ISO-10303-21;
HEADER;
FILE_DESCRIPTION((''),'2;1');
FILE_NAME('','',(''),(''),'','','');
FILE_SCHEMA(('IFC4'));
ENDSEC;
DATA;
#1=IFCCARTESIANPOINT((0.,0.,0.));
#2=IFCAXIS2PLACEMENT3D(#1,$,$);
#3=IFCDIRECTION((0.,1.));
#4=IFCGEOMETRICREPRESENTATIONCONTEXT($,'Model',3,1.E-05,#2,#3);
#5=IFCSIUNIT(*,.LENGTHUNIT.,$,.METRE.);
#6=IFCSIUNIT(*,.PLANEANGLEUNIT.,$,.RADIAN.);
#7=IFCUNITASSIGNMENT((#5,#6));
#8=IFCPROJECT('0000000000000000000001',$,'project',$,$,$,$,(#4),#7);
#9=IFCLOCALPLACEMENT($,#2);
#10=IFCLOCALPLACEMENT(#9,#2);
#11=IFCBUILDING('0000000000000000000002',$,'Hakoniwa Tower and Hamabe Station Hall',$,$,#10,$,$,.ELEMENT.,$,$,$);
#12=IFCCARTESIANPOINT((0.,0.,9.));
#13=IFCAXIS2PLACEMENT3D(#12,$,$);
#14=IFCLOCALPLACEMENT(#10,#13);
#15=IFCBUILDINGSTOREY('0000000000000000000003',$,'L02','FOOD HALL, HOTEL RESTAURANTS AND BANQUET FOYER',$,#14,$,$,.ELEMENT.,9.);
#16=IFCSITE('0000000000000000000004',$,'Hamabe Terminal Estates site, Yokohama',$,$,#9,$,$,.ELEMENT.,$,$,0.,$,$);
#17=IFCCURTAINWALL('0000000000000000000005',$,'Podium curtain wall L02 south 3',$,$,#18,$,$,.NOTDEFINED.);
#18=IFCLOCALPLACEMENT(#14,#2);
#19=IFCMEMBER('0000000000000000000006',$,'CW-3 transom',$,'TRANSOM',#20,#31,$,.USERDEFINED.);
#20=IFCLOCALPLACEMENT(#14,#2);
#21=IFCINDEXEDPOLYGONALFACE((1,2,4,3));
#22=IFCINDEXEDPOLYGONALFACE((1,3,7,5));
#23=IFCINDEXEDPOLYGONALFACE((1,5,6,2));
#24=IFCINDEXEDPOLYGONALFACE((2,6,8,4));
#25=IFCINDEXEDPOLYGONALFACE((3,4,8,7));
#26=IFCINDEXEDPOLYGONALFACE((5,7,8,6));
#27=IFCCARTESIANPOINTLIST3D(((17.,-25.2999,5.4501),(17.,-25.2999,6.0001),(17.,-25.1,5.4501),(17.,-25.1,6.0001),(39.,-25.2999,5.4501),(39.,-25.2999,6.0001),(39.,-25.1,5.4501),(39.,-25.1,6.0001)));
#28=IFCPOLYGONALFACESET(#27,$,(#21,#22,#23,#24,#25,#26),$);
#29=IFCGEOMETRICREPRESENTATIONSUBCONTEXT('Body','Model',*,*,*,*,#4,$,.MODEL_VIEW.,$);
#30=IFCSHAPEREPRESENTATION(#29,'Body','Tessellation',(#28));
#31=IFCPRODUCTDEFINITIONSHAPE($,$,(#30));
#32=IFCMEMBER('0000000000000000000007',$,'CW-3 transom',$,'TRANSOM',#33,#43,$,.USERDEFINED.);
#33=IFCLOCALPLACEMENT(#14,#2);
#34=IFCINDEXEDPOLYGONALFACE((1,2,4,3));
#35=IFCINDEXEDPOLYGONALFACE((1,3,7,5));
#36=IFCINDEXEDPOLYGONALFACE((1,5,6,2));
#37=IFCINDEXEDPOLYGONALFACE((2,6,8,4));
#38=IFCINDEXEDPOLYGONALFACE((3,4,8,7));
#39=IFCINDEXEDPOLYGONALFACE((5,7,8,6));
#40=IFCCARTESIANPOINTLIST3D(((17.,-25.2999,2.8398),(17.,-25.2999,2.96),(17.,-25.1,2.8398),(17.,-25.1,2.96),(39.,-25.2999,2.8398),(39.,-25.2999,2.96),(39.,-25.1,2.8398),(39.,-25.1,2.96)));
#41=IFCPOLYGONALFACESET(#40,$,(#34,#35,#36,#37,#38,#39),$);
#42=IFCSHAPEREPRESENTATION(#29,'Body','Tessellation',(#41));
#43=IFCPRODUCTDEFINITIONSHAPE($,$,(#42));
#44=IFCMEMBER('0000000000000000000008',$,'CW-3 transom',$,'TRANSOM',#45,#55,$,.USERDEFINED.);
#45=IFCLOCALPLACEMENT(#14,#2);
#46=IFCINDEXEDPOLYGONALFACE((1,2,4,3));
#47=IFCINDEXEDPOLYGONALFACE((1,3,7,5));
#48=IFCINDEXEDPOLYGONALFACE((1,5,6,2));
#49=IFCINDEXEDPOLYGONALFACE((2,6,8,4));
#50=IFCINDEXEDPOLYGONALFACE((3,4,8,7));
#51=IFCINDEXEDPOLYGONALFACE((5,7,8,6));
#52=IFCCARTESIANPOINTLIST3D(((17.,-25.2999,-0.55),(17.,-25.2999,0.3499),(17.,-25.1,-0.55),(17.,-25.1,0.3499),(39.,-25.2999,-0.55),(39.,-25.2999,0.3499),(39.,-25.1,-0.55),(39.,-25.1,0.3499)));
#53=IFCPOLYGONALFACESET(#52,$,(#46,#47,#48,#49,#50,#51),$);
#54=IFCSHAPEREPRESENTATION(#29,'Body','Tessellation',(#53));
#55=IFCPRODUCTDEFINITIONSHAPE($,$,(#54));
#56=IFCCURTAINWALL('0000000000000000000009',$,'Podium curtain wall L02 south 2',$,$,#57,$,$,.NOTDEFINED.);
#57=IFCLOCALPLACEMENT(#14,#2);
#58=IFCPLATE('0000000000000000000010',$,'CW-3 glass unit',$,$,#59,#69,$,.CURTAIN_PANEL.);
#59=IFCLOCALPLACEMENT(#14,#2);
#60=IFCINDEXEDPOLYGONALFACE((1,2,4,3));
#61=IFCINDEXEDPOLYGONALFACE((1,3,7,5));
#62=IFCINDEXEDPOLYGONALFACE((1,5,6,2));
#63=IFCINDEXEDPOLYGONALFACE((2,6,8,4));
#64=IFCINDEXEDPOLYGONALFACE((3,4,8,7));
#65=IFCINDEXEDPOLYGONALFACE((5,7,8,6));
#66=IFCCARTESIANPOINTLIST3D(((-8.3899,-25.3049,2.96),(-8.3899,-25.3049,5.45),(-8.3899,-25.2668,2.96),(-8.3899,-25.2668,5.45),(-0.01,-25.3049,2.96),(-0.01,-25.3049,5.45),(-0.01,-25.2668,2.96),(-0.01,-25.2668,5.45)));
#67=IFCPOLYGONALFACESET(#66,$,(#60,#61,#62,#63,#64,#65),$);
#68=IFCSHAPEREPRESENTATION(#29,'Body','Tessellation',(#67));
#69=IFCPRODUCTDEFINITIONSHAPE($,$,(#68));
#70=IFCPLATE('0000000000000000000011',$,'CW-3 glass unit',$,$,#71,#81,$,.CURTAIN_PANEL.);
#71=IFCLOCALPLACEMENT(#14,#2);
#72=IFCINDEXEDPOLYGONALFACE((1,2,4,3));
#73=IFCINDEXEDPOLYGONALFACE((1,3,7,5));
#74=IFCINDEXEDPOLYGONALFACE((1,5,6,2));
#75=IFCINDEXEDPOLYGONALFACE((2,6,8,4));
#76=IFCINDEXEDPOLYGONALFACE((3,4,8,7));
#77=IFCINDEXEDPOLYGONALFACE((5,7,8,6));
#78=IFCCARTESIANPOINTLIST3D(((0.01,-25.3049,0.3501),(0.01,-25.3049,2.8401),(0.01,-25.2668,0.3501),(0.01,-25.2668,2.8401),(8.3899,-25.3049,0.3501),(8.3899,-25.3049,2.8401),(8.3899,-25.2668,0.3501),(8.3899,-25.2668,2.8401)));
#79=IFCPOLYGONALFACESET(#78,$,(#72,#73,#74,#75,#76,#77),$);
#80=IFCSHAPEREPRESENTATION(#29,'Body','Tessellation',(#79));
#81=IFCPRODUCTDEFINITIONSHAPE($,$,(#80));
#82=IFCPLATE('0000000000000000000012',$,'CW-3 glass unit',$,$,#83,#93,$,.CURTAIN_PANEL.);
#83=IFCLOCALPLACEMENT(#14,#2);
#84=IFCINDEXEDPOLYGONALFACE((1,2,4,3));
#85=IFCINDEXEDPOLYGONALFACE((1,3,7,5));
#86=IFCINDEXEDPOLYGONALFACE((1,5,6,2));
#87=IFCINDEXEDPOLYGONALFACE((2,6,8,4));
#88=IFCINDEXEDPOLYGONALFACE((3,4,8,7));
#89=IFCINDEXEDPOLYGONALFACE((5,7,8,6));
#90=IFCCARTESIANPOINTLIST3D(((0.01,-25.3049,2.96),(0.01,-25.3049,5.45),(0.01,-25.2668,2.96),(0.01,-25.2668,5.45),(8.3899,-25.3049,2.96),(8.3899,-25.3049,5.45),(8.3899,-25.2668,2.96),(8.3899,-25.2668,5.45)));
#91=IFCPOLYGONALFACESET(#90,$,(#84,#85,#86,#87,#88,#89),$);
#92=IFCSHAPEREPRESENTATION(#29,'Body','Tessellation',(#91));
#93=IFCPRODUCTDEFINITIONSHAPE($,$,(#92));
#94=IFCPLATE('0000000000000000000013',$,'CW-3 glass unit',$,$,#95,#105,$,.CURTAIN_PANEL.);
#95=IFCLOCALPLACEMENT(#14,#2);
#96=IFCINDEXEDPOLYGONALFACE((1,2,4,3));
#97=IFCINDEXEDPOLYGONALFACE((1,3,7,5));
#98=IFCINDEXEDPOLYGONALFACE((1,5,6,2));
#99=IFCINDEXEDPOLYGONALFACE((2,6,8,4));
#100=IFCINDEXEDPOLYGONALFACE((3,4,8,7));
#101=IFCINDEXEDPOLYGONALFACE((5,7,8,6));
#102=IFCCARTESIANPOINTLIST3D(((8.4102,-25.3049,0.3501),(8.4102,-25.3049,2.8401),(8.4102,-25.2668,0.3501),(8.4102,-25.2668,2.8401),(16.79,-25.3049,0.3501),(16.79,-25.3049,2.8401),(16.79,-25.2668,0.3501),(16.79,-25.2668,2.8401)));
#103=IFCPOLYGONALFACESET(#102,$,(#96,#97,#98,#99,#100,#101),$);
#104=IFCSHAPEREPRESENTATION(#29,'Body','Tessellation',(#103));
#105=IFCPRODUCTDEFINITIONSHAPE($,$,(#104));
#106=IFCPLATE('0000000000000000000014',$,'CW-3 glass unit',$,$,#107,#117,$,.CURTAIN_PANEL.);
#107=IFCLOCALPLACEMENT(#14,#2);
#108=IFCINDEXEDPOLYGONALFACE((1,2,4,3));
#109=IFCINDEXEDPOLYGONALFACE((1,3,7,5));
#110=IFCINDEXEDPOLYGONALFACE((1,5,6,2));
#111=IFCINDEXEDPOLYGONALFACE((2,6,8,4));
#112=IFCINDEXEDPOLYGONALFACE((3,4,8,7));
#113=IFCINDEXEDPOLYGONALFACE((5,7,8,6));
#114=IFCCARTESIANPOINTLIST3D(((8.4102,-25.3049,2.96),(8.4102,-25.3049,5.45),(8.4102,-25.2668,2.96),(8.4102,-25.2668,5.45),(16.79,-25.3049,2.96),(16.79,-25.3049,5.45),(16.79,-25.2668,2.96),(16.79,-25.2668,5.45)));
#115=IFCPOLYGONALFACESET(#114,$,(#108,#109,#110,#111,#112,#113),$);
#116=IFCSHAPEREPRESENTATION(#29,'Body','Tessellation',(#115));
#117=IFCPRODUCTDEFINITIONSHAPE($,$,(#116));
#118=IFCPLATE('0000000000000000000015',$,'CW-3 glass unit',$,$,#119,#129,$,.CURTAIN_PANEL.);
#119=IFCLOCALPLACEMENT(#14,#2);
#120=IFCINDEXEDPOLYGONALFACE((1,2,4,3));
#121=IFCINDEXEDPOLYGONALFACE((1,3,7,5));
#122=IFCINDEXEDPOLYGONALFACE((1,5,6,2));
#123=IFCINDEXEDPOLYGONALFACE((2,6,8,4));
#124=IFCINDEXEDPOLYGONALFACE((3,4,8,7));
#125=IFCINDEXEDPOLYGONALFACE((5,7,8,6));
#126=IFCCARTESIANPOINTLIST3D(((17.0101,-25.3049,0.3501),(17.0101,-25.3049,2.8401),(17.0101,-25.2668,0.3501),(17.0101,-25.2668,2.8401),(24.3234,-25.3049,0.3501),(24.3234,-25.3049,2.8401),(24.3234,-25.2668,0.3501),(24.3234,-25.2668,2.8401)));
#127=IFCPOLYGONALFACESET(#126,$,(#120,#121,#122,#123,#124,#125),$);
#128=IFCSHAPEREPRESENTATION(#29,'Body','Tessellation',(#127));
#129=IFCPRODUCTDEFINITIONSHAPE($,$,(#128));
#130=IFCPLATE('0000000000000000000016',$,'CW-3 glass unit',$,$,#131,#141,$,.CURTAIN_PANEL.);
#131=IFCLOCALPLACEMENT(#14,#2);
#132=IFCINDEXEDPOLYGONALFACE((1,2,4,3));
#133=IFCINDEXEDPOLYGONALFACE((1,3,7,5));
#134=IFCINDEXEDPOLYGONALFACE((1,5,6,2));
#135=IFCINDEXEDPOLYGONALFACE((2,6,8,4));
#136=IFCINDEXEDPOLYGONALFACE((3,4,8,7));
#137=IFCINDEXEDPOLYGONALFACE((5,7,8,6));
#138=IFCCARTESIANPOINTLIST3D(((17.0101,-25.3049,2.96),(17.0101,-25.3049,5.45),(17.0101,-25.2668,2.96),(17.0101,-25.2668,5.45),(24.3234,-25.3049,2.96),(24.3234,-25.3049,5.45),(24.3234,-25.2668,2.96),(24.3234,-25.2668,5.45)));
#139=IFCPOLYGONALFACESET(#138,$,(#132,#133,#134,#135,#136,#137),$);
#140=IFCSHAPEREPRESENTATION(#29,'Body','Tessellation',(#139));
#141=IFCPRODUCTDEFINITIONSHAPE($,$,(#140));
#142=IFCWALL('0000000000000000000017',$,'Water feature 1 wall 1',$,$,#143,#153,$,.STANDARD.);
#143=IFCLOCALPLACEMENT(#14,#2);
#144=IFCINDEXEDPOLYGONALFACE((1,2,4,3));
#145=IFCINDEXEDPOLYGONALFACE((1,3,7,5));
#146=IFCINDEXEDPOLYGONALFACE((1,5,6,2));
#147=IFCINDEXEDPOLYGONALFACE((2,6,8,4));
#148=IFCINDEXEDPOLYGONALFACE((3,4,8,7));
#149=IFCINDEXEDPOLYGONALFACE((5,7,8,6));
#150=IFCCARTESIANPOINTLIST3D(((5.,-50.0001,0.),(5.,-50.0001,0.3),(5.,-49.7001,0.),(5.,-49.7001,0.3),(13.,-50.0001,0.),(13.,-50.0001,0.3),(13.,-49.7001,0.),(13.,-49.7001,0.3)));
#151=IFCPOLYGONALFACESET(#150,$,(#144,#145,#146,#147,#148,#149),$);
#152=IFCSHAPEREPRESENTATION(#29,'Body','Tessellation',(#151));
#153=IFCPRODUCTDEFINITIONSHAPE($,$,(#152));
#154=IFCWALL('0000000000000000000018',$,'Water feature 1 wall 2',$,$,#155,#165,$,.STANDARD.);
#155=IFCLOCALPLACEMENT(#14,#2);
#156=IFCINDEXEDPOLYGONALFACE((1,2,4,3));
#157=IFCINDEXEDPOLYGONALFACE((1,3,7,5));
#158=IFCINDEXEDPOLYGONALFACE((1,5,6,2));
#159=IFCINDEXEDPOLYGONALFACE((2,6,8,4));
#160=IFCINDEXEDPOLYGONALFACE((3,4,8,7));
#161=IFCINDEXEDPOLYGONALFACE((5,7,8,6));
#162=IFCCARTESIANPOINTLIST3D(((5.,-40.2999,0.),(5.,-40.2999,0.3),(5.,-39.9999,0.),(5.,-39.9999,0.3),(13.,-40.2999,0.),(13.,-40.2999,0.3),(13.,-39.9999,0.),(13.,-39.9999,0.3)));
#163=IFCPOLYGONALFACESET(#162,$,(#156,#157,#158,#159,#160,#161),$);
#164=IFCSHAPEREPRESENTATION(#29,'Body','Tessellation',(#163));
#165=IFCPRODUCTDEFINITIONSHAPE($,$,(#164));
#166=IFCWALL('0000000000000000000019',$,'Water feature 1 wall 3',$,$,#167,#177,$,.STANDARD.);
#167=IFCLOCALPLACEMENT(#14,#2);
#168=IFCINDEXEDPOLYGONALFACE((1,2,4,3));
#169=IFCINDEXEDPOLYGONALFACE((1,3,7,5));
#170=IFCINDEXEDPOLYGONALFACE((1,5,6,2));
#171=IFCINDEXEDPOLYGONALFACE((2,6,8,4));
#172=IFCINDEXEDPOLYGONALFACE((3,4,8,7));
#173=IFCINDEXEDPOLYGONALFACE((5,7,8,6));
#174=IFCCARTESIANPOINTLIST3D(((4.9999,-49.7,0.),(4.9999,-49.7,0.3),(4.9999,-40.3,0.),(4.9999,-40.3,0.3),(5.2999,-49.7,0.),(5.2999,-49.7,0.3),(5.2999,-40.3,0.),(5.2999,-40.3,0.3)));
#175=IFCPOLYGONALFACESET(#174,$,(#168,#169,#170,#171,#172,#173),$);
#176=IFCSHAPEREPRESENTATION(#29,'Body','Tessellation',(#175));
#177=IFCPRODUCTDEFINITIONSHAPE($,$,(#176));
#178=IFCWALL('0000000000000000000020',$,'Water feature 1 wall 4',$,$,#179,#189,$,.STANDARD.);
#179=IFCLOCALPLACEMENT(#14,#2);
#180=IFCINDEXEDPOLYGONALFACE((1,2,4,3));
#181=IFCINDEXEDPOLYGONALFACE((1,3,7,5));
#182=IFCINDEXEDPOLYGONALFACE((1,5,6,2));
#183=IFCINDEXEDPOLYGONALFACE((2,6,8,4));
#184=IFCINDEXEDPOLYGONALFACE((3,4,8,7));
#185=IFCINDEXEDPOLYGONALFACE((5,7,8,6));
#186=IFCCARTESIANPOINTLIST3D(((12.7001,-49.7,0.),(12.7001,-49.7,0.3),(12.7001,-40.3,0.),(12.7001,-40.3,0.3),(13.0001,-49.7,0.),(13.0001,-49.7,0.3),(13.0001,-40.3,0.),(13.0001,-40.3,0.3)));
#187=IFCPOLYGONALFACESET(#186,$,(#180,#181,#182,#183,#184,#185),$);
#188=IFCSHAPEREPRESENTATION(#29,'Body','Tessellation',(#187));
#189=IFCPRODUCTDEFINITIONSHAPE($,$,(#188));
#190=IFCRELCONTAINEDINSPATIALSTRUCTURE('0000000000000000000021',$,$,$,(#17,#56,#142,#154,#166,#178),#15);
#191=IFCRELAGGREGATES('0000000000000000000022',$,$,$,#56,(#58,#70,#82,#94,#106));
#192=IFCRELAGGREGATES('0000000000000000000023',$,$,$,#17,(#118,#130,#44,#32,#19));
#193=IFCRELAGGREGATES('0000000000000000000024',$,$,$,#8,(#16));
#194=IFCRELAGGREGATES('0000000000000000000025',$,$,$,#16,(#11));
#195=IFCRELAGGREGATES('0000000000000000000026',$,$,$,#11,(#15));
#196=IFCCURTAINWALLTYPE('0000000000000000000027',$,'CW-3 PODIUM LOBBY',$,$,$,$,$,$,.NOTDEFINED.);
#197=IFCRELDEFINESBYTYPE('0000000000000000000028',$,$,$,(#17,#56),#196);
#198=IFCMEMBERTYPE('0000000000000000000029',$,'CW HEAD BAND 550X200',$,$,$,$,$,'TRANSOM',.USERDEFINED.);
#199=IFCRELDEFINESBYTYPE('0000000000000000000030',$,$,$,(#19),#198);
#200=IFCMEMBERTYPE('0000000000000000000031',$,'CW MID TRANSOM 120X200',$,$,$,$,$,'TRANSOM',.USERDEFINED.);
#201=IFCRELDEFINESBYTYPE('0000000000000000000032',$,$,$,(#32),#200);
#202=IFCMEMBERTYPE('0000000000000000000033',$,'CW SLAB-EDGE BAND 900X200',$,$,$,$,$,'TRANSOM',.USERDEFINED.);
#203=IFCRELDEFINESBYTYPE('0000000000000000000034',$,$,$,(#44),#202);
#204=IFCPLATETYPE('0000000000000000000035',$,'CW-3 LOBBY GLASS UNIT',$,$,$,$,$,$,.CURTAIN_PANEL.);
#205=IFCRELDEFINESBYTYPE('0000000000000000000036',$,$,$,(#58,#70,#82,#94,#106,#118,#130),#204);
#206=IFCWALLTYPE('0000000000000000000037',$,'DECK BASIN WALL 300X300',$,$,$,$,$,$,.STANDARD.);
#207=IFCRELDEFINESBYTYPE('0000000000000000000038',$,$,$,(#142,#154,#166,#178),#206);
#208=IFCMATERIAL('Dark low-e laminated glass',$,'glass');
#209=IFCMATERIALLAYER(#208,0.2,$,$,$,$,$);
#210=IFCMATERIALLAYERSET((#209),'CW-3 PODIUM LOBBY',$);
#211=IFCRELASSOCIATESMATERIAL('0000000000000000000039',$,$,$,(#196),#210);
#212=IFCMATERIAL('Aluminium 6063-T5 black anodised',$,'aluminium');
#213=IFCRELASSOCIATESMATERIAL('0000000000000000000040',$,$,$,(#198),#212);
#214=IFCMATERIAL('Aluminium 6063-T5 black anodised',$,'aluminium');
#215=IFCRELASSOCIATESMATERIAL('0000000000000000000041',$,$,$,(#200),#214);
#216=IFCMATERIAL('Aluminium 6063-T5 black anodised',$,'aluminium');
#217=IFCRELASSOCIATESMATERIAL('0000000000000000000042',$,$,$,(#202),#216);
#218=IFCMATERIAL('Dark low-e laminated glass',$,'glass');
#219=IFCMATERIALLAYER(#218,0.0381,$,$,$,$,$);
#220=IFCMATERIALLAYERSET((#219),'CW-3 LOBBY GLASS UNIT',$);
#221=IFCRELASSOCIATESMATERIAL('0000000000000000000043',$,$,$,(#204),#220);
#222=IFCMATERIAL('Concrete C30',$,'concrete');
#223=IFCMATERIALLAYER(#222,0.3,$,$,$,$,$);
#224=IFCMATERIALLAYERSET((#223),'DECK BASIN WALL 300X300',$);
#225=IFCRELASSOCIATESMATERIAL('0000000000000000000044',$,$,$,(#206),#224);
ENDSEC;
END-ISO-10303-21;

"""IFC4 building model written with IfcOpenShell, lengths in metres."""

from ifc_helpers import new_model, si_unit, direction, frame, frame_2d, origin, origin_2d, place, context, subcontext, project, spatial, rectangle, extrude, material, layer, layer_set, material_profile, profile_set, type_object, element, aggregate, save


model = new_model("IFC4")

# Units and contexts
model_context = context("Model", 3, precision=1e-05, world=origin(), true_north=direction((0.0, 1.0)))
body_context = subcontext(model_context, "Body", "Model", "MODEL_VIEW")
ifc_project = project(units=[si_unit("LENGTHUNIT", "METRE"), si_unit("PLANEANGLEUNIT", "RADIAN")], contexts=[model_context])

# Site, building, storey
site_placement = place(None, origin())
site = spatial("IfcSite", under=ifc_project, at=site_placement, Name="Hamabe Terminal Estates site, Yokohama", CompositionType="ELEMENT", RefElevation=0.0)
building_placement = place(site_placement, origin())
building = spatial("IfcBuilding", under=site, at=building_placement, Name="Hakoniwa Tower and Hamabe Station Hall", CompositionType="ELEMENT")
storey_placement = place(building_placement, frame((0.0, 0.0, 9.0)))
storey = spatial("IfcBuildingStorey", under=building, at=storey_placement, Name="L02", Description="FOOD HALL, HOTEL RESTAURANTS AND BANQUET FOYER", CompositionType="ELEMENT", Elevation=9.0)

# Curtain wall, members
ifc_material_1 = material(Name="Dark low-e laminated glass", Category="glass")
ifc_layer_1 = layer(ifc_material_1, 0.2)
ifc_layer_set_1 = layer_set([ifc_layer_1], Name="CW-3 PODIUM LOBBY")
curtain_wall_type = type_object("IfcCurtainWallType", Name="CW-3 PODIUM LOBBY", PredefinedType="NOTDEFINED", material=ifc_layer_set_1)
curtain_wall_1_placement = place(storey_placement, origin())
curtain_wall_1 = element("IfcCurtainWall", 1, at=curtain_wall_1_placement, inside=storey, type_object=curtain_wall_type, Name="Podium curtain wall L02 south 3", PredefinedType="NOTDEFINED")
ifc_material_2 = material(Name="Aluminium 6063-T5 black anodised", Category="aluminium")
ifc_material_profile_1 = material_profile(ifc_material_2, rectangle(XDim=0.2, YDim=0.55, at=origin_2d()), Name="CW HEAD BAND 550X200")
ifc_profile_set_1 = profile_set([ifc_material_profile_1], Name="Aluminium 6063-T5 black anodised")
member_type_1 = type_object("IfcMemberType", Name="CW HEAD BAND 550X200", ElementType="TRANSOM", PredefinedType="USERDEFINED", material=ifc_profile_set_1)
member_1_placement = place(storey_placement, frame((17.0, -25.2, 5.7251), z_axis=(1.0, 0.0, 0.0), x_axis=(0.0, 1.0, 0.0)))
member_1 = element("IfcMember", 2, at=member_1_placement, type_object=member_type_1, Name="CW-3 transom", ObjectType="TRANSOM", PredefinedType="USERDEFINED", context=body_context, shape_type="SweptSolid", body=[
    extrude(rectangle(XDim=0.2, YDim=0.55, at=origin_2d()), origin(), (0.0, 0.0, 1.0), 22.0),
])
ifc_material_3 = material(Name="Aluminium 6063-T5 black anodised", Category="aluminium")
ifc_material_profile_2 = material_profile(ifc_material_3, rectangle(XDim=0.2, YDim=0.1201, at=origin_2d()), Name="CW MID TRANSOM 120X200")
ifc_profile_set_2 = profile_set([ifc_material_profile_2], Name="Aluminium 6063-T5 black anodised")
member_type_2 = type_object("IfcMemberType", Name="CW MID TRANSOM 120X200", ElementType="TRANSOM", PredefinedType="USERDEFINED", material=ifc_profile_set_2)
member_2_placement = place(storey_placement, frame((17.0, -25.2, 2.8999), z_axis=(1.0, 0.0, 0.0), x_axis=(0.0, 1.0, 0.0)))
member_2 = element("IfcMember", 3, at=member_2_placement, type_object=member_type_2, Name="CW-3 transom", ObjectType="TRANSOM", PredefinedType="USERDEFINED", context=body_context, shape_type="SweptSolid", body=[
    extrude(rectangle(XDim=0.2, YDim=0.1201, at=origin_2d()), origin(), (0.0, 0.0, 1.0), 22.0),
])
ifc_material_4 = material(Name="Aluminium 6063-T5 black anodised", Category="aluminium")
ifc_material_profile_3 = material_profile(ifc_material_4, rectangle(XDim=0.2, YDim=0.8999, at=origin_2d()), Name="CW SLAB-EDGE BAND 900X200")
ifc_profile_set_3 = profile_set([ifc_material_profile_3], Name="Aluminium 6063-T5 black anodised")
member_type_3 = type_object("IfcMemberType", Name="CW SLAB-EDGE BAND 900X200", ElementType="TRANSOM", PredefinedType="USERDEFINED", material=ifc_profile_set_3)
member_3_placement = place(storey_placement, frame((17.0, -25.2, -0.1001), z_axis=(1.0, 0.0, 0.0), x_axis=(0.0, 1.0, 0.0)))
member_3 = element("IfcMember", 4, at=member_3_placement, type_object=member_type_3, Name="CW-3 transom", ObjectType="TRANSOM", PredefinedType="USERDEFINED", context=body_context, shape_type="SweptSolid", body=[
    extrude(rectangle(XDim=0.2, YDim=0.8999, at=origin_2d()), origin(), (0.0, 0.0, 1.0), 22.0),
])

# Curtain wall, plates
curtain_wall_2_placement = place(storey_placement, origin())
curtain_wall_2 = element("IfcCurtainWall", 5, at=curtain_wall_2_placement, inside=storey, type_object=curtain_wall_type, Name="Podium curtain wall L02 south 2", PredefinedType="NOTDEFINED")
ifc_material_5 = material(Name="Dark low-e laminated glass", Category="glass")
ifc_layer_2 = layer(ifc_material_5, 0.0381)
ifc_layer_set_2 = layer_set([ifc_layer_2], Name="CW-3 LOBBY GLASS UNIT")
plate_type = type_object("IfcPlateType", Name="CW-3 LOBBY GLASS UNIT", PredefinedType="CURTAIN_PANEL", material=ifc_layer_set_2)
plate_1_placement = place(storey_placement, frame((-4.2, -25.2859, 2.96), z_axis=(0.0, 0.0, 1.0), x_axis=(1.0, 0.0, 0.0)))
plate_1 = element("IfcPlate", 6, at=plate_1_placement, type_object=plate_type, Name="CW-3 glass unit", PredefinedType="CURTAIN_PANEL", context=body_context, shape_type="SweptSolid", body=[
    extrude(rectangle(XDim=8.3799, YDim=0.0381, at=origin_2d()), origin(), (0.0, 0.0, 1.0), 2.49),
])
plate_2_placement = place(storey_placement, frame((4.2, -25.2859, 0.3501), z_axis=(0.0, 0.0, 1.0), x_axis=(1.0, 0.0, 0.0)))
plate_2 = element("IfcPlate", 7, at=plate_2_placement, type_object=plate_type, Name="CW-3 glass unit", PredefinedType="CURTAIN_PANEL", context=body_context, shape_type="SweptSolid", body=[
    extrude(rectangle(XDim=8.3799, YDim=0.0381, at=origin_2d()), origin(), (0.0, 0.0, 1.0), 2.49),
])
plate_3_placement = place(storey_placement, frame((4.2, -25.2859, 2.96), z_axis=(0.0, 0.0, 1.0), x_axis=(1.0, 0.0, 0.0)))
plate_3 = element("IfcPlate", 8, at=plate_3_placement, type_object=plate_type, Name="CW-3 glass unit", PredefinedType="CURTAIN_PANEL", context=body_context, shape_type="SweptSolid", body=[
    extrude(rectangle(XDim=8.3799, YDim=0.0381, at=origin_2d()), origin(), (0.0, 0.0, 1.0), 2.49),
])
plate_4_placement = place(storey_placement, frame((12.6001, -25.2859, 0.3501), z_axis=(0.0, 0.0, 1.0), x_axis=(1.0, 0.0, 0.0)))
plate_4 = element("IfcPlate", 9, at=plate_4_placement, type_object=plate_type, Name="CW-3 glass unit", PredefinedType="CURTAIN_PANEL", context=body_context, shape_type="SweptSolid", body=[
    extrude(rectangle(XDim=8.3799, YDim=0.0381, at=origin_2d()), origin(), (0.0, 0.0, 1.0), 2.49),
])
plate_5_placement = place(storey_placement, frame((12.6001, -25.2859, 2.96), z_axis=(0.0, 0.0, 1.0), x_axis=(1.0, 0.0, 0.0)))
plate_5 = element("IfcPlate", 10, at=plate_5_placement, type_object=plate_type, Name="CW-3 glass unit", PredefinedType="CURTAIN_PANEL", context=body_context, shape_type="SweptSolid", body=[
    extrude(rectangle(XDim=8.3799, YDim=0.0381, at=origin_2d()), origin(), (0.0, 0.0, 1.0), 2.49),
])
aggregate(curtain_wall_2, [plate_1, plate_2, plate_3, plate_4, plate_5])

# Plates
plate_6_placement = place(storey_placement, frame((20.6667, -25.2859, 0.3501), z_axis=(0.0, 0.0, 1.0), x_axis=(1.0, 0.0, 0.0)))
plate_6 = element("IfcPlate", 11, at=plate_6_placement, type_object=plate_type, Name="CW-3 glass unit", PredefinedType="CURTAIN_PANEL", context=body_context, shape_type="SweptSolid", body=[
    extrude(rectangle(XDim=7.3132, YDim=0.0381, at=origin_2d()), origin(), (0.0, 0.0, 1.0), 2.49),
])
plate_7_placement = place(storey_placement, frame((20.6667, -25.2859, 2.96), z_axis=(0.0, 0.0, 1.0), x_axis=(1.0, 0.0, 0.0)))
plate_7 = element("IfcPlate", 12, at=plate_7_placement, type_object=plate_type, Name="CW-3 glass unit", PredefinedType="CURTAIN_PANEL", context=body_context, shape_type="SweptSolid", body=[
    extrude(rectangle(XDim=7.3132, YDim=0.0381, at=origin_2d()), origin(), (0.0, 0.0, 1.0), 2.49),
])
aggregate(curtain_wall_1, [plate_6, plate_7, member_3, member_2, member_1])

# Walls
ifc_material_6 = material(Name="Concrete C30", Category="concrete")
ifc_layer_3 = layer(ifc_material_6, 0.3)
ifc_layer_set_3 = layer_set([ifc_layer_3], Name="DECK BASIN WALL 300X300")
wall_type_1 = type_object("IfcWallType", Name="DECK BASIN WALL 300X300", PredefinedType="STANDARD", material=ifc_layer_set_3)
for number, where, z_axis, x_axis, name in (
    (13, (5.0, -49.8501, 0.0), (0.0, 0.0, 1.0), (1.0, 0.0, 0.0), "Water feature 1 wall 1"),
    (14, (5.0, -40.1499, 0.0), (0.0, 0.0, 1.0), (1.0, 0.0, 0.0), "Water feature 1 wall 2"),
):
    element("IfcWall", number, at=place(storey_placement, frame(where, z_axis=z_axis, x_axis=x_axis)), inside=storey, type_object=wall_type_1, Name=name, PredefinedType="STANDARD", context=body_context, shape_type="SweptSolid", body=[
        extrude(rectangle(XDim=8.0, YDim=0.3, at=frame_2d((4.0, 0.0))), origin(), (0.0, 0.0, 1.0), 0.3),
    ])
for number, where, z_axis, x_axis, name in (
    (15, (5.1499, -49.7, 0.0), (0.0, 0.0, 1.0), (0.0, 1.0, 0.0), "Water feature 1 wall 3"),
    (16, (12.8501, -49.7, 0.0), (0.0, 0.0, 1.0), (0.0, 1.0, 0.0), "Water feature 1 wall 4"),
):
    element("IfcWall", number, at=place(storey_placement, frame(where, z_axis=z_axis, x_axis=x_axis)), inside=storey, type_object=wall_type_1, Name=name, PredefinedType="STANDARD", context=body_context, shape_type="SweptSolid", body=[
        extrude(rectangle(XDim=9.3999, YDim=0.3, at=frame_2d((4.7, 0.0))), origin(), (0.0, 0.0, 1.0), 0.3),
    ])

save(model, "model.ifc")
